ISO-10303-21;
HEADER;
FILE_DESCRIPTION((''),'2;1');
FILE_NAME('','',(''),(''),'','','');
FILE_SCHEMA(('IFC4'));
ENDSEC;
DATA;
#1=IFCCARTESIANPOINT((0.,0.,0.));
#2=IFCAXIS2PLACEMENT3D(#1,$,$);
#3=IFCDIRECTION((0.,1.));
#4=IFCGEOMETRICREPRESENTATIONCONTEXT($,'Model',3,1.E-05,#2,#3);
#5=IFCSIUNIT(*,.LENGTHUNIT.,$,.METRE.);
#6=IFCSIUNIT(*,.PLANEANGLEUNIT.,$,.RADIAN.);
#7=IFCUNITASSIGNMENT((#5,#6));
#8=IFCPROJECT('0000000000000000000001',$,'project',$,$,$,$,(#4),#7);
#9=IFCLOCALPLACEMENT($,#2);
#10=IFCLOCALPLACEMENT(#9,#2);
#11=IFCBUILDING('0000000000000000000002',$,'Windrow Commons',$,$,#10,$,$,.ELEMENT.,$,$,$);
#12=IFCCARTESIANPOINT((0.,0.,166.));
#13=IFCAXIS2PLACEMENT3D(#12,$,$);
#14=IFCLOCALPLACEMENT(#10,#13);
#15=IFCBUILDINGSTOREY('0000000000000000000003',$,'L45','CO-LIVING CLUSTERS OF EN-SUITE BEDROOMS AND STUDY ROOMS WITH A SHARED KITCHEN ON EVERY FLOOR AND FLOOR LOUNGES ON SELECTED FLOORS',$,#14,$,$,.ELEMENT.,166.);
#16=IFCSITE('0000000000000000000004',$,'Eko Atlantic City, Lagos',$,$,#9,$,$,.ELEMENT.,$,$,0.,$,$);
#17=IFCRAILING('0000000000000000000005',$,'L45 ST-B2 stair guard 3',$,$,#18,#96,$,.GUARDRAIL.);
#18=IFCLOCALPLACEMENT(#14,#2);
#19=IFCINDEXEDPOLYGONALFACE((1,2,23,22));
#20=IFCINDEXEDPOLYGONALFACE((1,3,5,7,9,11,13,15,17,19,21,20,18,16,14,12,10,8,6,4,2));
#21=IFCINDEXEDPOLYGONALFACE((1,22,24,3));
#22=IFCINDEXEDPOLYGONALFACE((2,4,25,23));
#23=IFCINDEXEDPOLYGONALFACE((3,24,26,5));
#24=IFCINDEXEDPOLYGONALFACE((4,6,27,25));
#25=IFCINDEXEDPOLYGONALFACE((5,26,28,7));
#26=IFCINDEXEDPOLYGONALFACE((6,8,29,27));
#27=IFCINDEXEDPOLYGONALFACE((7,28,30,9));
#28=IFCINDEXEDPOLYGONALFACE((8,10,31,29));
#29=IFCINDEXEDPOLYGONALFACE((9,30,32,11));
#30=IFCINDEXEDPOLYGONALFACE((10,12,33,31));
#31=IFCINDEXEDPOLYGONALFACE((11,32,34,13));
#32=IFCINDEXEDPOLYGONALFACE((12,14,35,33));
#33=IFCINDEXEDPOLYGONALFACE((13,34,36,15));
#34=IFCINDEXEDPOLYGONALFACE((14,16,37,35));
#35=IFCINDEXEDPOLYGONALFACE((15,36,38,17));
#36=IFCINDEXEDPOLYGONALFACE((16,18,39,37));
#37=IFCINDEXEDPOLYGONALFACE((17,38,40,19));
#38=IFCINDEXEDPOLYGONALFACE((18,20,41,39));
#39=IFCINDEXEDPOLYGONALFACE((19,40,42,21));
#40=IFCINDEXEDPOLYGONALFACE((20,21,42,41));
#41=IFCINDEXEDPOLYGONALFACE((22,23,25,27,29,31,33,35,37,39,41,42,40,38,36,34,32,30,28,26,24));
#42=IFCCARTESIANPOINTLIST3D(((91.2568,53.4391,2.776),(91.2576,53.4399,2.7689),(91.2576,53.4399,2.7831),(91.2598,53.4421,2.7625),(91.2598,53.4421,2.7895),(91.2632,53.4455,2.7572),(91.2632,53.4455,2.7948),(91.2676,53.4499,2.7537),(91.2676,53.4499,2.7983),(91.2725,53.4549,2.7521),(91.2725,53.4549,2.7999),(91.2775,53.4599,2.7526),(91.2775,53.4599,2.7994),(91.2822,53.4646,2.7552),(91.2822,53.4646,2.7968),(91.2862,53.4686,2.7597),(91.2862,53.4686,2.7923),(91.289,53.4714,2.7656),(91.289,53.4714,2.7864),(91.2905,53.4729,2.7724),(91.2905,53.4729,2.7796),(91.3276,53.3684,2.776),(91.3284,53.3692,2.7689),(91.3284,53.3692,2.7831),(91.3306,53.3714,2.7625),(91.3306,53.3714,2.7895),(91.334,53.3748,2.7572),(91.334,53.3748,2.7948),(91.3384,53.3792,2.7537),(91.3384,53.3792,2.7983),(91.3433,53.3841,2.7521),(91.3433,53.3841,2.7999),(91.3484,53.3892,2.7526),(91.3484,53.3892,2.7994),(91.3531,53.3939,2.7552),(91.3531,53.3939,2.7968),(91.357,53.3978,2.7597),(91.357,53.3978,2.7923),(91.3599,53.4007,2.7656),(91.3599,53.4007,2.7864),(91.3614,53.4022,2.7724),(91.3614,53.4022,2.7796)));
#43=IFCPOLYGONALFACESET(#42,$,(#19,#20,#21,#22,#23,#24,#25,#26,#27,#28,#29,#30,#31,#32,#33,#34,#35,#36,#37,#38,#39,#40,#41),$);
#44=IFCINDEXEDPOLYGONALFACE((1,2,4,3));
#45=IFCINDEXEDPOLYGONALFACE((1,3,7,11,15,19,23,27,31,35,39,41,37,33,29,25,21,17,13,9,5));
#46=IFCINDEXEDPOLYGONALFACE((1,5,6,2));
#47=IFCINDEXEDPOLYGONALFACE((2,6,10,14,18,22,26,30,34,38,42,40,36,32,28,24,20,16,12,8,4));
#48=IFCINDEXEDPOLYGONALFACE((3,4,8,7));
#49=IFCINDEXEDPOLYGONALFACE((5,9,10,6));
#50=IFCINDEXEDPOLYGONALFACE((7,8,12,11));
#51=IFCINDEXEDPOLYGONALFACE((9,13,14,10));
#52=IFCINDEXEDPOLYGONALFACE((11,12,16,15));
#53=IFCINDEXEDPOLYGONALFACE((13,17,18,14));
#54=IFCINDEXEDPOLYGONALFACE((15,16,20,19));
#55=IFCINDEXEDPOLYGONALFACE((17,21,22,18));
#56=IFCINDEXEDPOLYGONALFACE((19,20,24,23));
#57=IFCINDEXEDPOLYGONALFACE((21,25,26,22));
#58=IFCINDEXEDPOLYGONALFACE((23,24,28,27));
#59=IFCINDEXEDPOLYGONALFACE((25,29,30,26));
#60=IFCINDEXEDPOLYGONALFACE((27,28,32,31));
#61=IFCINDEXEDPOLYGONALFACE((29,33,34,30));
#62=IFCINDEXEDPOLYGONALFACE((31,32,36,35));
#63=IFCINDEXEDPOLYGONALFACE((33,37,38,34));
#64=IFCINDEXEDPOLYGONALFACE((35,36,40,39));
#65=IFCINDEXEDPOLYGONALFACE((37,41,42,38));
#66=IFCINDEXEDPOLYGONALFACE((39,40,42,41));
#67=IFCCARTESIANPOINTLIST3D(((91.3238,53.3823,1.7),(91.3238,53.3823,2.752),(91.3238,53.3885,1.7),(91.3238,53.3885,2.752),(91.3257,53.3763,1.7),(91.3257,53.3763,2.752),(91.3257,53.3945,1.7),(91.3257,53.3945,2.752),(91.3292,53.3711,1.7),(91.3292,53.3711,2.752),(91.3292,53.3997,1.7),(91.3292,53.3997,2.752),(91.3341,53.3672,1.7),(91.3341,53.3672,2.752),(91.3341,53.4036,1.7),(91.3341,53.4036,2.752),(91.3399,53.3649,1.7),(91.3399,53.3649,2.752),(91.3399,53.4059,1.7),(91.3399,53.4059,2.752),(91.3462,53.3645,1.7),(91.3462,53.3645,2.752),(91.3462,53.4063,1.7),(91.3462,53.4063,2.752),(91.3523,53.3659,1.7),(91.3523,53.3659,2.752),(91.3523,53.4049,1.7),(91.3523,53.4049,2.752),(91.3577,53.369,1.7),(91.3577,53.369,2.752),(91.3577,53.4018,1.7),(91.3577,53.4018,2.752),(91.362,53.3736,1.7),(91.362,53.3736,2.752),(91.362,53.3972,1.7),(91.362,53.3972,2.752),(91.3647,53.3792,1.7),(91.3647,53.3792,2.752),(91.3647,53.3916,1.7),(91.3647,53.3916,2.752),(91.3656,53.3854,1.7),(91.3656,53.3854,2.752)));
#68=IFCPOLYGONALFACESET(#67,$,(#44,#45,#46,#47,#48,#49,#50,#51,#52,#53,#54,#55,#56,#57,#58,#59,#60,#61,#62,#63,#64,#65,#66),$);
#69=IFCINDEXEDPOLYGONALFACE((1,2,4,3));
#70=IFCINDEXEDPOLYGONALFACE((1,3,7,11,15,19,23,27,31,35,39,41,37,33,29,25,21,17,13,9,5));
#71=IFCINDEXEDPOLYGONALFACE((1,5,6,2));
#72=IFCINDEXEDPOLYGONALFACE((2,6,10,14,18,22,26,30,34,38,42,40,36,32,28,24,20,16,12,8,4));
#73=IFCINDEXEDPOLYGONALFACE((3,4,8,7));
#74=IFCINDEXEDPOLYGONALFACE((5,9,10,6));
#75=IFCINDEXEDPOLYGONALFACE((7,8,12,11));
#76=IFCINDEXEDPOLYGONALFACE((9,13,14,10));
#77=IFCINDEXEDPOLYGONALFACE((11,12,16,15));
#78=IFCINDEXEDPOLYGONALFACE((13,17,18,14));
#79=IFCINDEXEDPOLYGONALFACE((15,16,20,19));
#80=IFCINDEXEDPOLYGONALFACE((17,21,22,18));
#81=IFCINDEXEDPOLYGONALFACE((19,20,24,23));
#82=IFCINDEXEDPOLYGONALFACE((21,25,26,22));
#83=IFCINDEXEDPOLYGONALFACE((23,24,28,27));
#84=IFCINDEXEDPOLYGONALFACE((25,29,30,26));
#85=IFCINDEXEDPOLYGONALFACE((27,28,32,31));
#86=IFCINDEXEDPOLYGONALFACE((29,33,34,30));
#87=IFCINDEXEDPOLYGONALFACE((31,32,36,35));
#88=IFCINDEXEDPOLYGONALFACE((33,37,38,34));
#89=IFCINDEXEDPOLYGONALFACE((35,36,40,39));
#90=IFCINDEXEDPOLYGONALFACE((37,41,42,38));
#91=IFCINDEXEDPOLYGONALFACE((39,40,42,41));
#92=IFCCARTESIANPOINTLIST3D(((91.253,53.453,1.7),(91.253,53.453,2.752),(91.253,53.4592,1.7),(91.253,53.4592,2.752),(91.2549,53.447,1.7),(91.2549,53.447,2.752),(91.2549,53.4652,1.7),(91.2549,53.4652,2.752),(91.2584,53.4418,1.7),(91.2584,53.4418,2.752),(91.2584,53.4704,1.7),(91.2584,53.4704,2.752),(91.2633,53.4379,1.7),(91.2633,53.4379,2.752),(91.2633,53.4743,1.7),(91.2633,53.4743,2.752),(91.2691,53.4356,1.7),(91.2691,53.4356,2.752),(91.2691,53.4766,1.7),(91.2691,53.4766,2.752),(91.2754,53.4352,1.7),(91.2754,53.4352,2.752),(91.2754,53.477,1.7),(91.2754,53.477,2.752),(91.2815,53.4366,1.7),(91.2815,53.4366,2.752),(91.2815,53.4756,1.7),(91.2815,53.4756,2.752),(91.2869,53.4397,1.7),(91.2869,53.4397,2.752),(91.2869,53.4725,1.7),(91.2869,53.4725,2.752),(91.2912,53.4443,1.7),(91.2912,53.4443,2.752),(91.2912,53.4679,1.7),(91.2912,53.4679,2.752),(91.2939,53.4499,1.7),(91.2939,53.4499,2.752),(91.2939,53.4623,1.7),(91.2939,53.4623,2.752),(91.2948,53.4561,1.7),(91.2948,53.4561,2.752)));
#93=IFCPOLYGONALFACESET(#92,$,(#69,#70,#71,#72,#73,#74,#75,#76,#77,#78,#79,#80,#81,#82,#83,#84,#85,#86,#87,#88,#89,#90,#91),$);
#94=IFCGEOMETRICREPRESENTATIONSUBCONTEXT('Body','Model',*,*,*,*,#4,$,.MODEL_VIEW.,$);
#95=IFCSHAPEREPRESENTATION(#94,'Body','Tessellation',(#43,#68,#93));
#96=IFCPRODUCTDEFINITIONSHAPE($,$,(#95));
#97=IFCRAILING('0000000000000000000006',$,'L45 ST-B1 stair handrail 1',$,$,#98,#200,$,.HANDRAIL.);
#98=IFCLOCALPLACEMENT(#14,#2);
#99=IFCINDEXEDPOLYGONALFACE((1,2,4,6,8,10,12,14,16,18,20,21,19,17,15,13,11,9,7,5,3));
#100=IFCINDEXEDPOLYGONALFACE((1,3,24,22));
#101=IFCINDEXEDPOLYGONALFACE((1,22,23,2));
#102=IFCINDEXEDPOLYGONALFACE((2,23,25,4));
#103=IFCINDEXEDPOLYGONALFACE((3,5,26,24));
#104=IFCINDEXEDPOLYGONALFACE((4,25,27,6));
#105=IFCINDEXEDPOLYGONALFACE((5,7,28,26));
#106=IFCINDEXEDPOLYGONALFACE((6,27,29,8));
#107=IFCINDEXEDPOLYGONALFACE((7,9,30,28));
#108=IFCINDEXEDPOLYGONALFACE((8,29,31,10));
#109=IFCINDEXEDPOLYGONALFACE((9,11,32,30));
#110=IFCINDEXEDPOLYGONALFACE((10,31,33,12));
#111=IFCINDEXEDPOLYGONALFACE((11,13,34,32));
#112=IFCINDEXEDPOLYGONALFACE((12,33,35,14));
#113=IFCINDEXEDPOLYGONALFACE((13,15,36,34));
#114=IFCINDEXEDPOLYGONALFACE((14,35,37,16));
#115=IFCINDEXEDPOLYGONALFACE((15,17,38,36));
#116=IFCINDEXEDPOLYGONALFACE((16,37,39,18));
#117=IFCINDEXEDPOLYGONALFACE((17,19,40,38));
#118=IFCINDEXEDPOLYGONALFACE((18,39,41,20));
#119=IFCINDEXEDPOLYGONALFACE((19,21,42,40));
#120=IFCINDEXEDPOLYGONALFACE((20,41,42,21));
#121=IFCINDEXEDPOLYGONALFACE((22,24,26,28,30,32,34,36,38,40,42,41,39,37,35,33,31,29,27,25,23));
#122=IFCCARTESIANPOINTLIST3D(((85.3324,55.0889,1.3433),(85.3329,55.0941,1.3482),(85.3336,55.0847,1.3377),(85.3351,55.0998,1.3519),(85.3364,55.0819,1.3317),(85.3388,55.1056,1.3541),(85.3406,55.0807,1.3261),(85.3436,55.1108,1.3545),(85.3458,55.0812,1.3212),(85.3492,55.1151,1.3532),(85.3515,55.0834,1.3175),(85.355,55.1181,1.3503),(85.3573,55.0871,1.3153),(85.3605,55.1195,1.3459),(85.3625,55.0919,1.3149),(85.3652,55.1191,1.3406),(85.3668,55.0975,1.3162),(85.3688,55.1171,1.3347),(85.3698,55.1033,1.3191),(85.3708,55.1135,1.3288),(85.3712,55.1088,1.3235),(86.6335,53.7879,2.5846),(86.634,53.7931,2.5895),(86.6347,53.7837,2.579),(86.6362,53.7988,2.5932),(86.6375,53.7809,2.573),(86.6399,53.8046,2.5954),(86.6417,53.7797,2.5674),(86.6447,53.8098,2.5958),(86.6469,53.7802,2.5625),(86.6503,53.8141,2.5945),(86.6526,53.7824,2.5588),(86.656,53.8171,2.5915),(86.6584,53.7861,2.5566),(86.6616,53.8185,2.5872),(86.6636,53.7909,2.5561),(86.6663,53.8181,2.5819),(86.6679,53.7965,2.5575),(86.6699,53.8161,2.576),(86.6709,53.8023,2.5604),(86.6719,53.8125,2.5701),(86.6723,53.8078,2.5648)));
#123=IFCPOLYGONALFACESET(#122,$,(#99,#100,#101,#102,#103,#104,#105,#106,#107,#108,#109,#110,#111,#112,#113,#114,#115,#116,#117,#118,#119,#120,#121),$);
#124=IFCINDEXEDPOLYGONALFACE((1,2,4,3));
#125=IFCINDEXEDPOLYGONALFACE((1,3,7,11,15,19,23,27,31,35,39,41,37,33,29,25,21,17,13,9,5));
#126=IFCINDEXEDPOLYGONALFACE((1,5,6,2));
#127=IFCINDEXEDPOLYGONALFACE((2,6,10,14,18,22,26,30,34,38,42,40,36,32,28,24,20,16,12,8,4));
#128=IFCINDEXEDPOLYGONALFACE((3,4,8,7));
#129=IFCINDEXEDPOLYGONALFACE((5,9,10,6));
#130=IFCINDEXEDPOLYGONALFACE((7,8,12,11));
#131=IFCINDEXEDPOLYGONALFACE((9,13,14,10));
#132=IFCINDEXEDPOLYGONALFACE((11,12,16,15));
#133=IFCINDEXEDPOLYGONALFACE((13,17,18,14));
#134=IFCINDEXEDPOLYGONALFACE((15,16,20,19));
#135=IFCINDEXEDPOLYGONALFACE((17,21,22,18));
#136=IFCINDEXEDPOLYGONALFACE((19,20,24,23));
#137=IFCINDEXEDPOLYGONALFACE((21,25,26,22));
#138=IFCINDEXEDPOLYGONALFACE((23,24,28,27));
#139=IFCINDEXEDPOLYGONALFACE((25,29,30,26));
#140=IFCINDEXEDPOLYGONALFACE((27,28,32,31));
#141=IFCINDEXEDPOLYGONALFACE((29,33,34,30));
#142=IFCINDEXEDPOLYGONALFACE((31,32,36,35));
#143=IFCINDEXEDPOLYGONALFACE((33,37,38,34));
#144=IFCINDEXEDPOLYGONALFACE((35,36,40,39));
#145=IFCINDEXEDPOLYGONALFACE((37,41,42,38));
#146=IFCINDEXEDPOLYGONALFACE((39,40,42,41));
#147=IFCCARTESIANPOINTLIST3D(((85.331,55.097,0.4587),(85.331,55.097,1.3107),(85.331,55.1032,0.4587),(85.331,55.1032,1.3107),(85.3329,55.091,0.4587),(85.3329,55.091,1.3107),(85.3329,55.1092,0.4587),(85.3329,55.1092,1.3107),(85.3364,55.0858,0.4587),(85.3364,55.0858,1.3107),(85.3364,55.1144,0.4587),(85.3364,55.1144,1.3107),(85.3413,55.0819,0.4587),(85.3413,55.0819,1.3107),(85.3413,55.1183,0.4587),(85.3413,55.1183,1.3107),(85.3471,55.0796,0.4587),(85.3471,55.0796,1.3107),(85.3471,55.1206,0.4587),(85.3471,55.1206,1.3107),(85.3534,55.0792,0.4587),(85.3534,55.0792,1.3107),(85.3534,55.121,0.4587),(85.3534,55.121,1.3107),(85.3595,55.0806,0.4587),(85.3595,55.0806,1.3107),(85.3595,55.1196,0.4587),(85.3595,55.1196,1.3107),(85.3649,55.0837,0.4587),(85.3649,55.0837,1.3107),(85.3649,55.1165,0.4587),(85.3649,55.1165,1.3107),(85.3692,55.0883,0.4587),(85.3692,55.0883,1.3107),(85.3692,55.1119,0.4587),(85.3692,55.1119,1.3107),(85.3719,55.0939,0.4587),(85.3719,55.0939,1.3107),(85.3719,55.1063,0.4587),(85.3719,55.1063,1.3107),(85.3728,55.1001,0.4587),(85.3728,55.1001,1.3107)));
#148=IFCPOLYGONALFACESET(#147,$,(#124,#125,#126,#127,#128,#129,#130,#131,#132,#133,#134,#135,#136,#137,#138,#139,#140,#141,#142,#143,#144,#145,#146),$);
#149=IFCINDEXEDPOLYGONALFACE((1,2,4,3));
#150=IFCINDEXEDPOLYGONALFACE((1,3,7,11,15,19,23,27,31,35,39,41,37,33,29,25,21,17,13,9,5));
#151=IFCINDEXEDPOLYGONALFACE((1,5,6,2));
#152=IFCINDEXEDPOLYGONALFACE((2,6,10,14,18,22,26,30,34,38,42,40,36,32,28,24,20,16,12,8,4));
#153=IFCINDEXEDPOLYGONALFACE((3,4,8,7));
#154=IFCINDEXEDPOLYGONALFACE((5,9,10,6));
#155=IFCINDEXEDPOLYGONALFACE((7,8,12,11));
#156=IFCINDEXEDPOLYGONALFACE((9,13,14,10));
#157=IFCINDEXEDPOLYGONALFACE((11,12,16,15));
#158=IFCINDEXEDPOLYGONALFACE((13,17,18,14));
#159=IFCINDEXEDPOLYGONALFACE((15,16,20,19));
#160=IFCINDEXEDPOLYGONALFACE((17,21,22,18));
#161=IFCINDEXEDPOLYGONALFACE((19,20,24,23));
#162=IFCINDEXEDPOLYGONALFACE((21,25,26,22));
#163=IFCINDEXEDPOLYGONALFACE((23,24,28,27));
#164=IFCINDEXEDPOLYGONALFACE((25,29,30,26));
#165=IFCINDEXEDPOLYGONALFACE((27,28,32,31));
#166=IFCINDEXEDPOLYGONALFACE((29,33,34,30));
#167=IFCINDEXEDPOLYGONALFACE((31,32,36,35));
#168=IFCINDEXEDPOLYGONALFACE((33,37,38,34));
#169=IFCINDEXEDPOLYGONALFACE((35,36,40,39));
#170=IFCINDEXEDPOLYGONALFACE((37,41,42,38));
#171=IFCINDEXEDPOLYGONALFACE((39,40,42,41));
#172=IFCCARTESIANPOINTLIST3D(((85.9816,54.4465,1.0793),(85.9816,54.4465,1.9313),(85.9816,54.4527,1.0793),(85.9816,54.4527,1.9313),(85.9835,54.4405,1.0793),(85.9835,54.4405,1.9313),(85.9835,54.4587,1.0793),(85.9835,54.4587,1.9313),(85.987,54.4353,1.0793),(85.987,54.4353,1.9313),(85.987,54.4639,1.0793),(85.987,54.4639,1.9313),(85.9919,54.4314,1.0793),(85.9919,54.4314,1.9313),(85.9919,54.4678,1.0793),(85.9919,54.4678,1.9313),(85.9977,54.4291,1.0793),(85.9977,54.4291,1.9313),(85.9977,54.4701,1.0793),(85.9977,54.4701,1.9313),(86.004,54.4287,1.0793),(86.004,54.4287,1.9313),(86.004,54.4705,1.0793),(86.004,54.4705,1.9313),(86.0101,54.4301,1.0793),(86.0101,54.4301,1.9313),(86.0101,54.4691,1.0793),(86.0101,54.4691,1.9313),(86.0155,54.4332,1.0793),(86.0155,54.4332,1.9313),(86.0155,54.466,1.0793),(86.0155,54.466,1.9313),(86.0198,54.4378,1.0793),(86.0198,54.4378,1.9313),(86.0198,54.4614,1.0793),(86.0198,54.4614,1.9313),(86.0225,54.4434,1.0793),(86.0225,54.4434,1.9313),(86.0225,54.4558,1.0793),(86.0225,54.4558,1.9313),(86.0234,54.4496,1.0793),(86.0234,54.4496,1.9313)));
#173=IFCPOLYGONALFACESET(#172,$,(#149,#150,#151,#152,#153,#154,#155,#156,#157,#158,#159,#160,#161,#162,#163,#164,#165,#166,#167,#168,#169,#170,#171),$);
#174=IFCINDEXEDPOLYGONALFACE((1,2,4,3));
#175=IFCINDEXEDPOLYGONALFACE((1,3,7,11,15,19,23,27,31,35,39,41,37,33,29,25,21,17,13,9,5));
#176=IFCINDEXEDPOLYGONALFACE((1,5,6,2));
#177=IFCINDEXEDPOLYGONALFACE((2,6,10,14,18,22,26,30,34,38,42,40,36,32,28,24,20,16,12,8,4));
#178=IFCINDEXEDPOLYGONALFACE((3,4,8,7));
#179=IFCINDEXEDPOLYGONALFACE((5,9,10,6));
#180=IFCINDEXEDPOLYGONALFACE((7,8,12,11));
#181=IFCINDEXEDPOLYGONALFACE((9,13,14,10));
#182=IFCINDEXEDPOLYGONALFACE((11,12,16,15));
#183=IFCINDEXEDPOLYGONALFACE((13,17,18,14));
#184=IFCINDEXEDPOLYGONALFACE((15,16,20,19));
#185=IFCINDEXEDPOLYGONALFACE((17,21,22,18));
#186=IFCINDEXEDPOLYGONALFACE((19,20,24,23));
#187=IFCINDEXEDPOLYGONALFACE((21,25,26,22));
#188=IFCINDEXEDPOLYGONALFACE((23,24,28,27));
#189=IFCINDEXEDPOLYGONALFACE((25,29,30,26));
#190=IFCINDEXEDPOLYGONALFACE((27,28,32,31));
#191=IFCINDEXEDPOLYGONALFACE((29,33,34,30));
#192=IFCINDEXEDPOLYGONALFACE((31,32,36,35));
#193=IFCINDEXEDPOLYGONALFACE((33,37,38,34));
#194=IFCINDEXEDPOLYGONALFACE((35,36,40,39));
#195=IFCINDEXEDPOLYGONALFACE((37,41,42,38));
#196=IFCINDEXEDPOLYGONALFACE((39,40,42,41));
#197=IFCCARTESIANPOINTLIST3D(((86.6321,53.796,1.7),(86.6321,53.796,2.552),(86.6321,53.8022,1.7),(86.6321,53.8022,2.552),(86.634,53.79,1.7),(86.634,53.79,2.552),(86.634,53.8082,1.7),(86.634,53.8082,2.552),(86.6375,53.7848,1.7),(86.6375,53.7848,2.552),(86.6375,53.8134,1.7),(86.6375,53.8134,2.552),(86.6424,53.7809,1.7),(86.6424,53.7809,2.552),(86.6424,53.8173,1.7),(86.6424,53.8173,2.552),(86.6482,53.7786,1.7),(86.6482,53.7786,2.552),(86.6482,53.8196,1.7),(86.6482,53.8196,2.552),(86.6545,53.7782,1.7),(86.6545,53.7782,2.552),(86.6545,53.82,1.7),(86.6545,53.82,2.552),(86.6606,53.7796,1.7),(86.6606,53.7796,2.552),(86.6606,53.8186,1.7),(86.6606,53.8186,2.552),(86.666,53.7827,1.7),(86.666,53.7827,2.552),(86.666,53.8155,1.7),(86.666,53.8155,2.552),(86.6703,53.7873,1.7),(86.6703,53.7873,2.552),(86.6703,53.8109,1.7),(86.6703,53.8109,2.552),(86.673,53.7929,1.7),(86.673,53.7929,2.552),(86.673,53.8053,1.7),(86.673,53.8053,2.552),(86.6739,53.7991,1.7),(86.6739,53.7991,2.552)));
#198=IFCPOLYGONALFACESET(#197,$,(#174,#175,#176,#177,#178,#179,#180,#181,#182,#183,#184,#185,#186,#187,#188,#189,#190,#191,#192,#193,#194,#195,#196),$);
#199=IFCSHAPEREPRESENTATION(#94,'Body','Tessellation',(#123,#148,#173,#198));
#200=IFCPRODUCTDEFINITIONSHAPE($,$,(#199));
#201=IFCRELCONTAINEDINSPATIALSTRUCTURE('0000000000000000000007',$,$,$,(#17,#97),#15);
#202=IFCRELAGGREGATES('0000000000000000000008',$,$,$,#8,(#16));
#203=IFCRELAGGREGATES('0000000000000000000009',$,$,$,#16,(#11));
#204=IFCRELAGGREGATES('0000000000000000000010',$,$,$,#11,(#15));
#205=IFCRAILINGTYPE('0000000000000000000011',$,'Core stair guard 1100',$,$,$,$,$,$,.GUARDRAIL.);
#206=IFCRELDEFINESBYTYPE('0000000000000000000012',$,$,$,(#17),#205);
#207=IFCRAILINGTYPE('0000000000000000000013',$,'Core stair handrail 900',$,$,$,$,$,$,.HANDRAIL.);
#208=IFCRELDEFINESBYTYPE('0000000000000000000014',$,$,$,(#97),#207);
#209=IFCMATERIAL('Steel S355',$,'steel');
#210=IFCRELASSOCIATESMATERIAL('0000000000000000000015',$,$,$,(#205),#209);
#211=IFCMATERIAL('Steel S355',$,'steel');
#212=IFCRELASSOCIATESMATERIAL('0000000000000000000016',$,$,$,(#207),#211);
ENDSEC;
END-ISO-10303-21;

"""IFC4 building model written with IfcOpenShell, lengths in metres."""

from ifc_helpers import new_model, si_unit, direction, frame, origin, origin_2d, place, context, subcontext, project, spatial, circle, extrude, material, type_object, element, save


model = new_model("IFC4")

# Units and contexts
model_context = context("Model", 3, precision=1e-05, world=origin(), true_north=direction((0.0, 1.0)))
body_context = subcontext(model_context, "Body", "Model", "MODEL_VIEW")
ifc_project = project(units=[si_unit("LENGTHUNIT", "METRE"), si_unit("PLANEANGLEUNIT", "RADIAN")], contexts=[model_context])

# Site, building, storey
site_placement = place(None, origin())
site = spatial("IfcSite", under=ifc_project, at=site_placement, Name="Eko Atlantic City, Lagos", CompositionType="ELEMENT", RefElevation=0.0)
building_placement = place(site_placement, origin())
building = spatial("IfcBuilding", under=site, at=building_placement, Name="Windrow Commons", CompositionType="ELEMENT")
storey_placement = place(building_placement, frame((0.0, 0.0, 166.0)))
storey = spatial("IfcBuildingStorey", under=building, at=storey_placement, Name="L45", Description="CO-LIVING CLUSTERS OF EN-SUITE BEDROOMS AND STUDY ROOMS WITH A SHARED KITCHEN ON EVERY FLOOR AND FLOOR LOUNGES ON SELECTED FLOORS", CompositionType="ELEMENT", Elevation=166.0)

# Railings
ifc_material_1 = material(Name="Steel S355", Category="steel")
railing_type_1 = type_object("IfcRailingType", Name="Core stair guard 1100", PredefinedType="GUARDRAIL", material=ifc_material_1)
railing_1_placement = place(storey_placement, frame((91.3446, 53.3854, 1.7)))
element("IfcRailing", 1, at=railing_1_placement, inside=storey, type_object=railing_type_1, Name="L45 ST-B2 stair guard 3", PredefinedType="GUARDRAIL", context=body_context, shape_type="SweptSolid", body=[
    extrude(circle(Radius=0.024, at=origin_2d()), frame((0.0, 0.0, 1.076), z_axis=(-0.707606, 0.706607, 0.0), x_axis=(-0.706607, -0.707606, 0.0)), (0.0, 0.0, 1.0), 0.1001),
    extrude(circle(Radius=0.021, at=origin_2d()), origin(), (0.0, 0.0, 1.0), 1.052),
    extrude(circle(Radius=0.021, at=origin_2d()), frame((-0.0708, 0.0707, 0.0)), (0.0, 0.0, 1.0), 1.052),
])
ifc_material_2 = material(Name="Steel S355", Category="steel")
railing_type_2 = type_object("IfcRailingType", Name="Core stair handrail 900", PredefinedType="HANDRAIL", material=ifc_material_2)
railing_2_placement = place(storey_placement, frame((85.3518, 55.1001, 0.4587)))
element("IfcRailing", 2, at=railing_2_placement, inside=storey, type_object=railing_type_2, Name="L45 ST-B1 stair handrail 1", PredefinedType="HANDRAIL", context=body_context, shape_type="SweptSolid", body=[
    extrude(circle(Radius=0.024, at=origin_2d()), frame((0.0, 0.0, 0.876), z_axis=(0.586207, -0.586162, 0.559264), x_axis=(0.70708, 0.707134, 0.0)), (0.0, 0.0, 1.0), 2.2195),
    extrude(circle(Radius=0.021, at=origin_2d()), origin(), (0.0, 0.0, 1.0), 0.852),
    extrude(circle(Radius=0.021, at=origin_2d()), frame((0.6506, -0.6505, 0.6206)), (0.0, 0.0, 1.0), 0.852),
    extrude(circle(Radius=0.021, at=origin_2d()), frame((1.3011, -1.301, 1.2413)), (0.0, 0.0, 1.0), 0.852),
])

save(model, "model.ifc")
